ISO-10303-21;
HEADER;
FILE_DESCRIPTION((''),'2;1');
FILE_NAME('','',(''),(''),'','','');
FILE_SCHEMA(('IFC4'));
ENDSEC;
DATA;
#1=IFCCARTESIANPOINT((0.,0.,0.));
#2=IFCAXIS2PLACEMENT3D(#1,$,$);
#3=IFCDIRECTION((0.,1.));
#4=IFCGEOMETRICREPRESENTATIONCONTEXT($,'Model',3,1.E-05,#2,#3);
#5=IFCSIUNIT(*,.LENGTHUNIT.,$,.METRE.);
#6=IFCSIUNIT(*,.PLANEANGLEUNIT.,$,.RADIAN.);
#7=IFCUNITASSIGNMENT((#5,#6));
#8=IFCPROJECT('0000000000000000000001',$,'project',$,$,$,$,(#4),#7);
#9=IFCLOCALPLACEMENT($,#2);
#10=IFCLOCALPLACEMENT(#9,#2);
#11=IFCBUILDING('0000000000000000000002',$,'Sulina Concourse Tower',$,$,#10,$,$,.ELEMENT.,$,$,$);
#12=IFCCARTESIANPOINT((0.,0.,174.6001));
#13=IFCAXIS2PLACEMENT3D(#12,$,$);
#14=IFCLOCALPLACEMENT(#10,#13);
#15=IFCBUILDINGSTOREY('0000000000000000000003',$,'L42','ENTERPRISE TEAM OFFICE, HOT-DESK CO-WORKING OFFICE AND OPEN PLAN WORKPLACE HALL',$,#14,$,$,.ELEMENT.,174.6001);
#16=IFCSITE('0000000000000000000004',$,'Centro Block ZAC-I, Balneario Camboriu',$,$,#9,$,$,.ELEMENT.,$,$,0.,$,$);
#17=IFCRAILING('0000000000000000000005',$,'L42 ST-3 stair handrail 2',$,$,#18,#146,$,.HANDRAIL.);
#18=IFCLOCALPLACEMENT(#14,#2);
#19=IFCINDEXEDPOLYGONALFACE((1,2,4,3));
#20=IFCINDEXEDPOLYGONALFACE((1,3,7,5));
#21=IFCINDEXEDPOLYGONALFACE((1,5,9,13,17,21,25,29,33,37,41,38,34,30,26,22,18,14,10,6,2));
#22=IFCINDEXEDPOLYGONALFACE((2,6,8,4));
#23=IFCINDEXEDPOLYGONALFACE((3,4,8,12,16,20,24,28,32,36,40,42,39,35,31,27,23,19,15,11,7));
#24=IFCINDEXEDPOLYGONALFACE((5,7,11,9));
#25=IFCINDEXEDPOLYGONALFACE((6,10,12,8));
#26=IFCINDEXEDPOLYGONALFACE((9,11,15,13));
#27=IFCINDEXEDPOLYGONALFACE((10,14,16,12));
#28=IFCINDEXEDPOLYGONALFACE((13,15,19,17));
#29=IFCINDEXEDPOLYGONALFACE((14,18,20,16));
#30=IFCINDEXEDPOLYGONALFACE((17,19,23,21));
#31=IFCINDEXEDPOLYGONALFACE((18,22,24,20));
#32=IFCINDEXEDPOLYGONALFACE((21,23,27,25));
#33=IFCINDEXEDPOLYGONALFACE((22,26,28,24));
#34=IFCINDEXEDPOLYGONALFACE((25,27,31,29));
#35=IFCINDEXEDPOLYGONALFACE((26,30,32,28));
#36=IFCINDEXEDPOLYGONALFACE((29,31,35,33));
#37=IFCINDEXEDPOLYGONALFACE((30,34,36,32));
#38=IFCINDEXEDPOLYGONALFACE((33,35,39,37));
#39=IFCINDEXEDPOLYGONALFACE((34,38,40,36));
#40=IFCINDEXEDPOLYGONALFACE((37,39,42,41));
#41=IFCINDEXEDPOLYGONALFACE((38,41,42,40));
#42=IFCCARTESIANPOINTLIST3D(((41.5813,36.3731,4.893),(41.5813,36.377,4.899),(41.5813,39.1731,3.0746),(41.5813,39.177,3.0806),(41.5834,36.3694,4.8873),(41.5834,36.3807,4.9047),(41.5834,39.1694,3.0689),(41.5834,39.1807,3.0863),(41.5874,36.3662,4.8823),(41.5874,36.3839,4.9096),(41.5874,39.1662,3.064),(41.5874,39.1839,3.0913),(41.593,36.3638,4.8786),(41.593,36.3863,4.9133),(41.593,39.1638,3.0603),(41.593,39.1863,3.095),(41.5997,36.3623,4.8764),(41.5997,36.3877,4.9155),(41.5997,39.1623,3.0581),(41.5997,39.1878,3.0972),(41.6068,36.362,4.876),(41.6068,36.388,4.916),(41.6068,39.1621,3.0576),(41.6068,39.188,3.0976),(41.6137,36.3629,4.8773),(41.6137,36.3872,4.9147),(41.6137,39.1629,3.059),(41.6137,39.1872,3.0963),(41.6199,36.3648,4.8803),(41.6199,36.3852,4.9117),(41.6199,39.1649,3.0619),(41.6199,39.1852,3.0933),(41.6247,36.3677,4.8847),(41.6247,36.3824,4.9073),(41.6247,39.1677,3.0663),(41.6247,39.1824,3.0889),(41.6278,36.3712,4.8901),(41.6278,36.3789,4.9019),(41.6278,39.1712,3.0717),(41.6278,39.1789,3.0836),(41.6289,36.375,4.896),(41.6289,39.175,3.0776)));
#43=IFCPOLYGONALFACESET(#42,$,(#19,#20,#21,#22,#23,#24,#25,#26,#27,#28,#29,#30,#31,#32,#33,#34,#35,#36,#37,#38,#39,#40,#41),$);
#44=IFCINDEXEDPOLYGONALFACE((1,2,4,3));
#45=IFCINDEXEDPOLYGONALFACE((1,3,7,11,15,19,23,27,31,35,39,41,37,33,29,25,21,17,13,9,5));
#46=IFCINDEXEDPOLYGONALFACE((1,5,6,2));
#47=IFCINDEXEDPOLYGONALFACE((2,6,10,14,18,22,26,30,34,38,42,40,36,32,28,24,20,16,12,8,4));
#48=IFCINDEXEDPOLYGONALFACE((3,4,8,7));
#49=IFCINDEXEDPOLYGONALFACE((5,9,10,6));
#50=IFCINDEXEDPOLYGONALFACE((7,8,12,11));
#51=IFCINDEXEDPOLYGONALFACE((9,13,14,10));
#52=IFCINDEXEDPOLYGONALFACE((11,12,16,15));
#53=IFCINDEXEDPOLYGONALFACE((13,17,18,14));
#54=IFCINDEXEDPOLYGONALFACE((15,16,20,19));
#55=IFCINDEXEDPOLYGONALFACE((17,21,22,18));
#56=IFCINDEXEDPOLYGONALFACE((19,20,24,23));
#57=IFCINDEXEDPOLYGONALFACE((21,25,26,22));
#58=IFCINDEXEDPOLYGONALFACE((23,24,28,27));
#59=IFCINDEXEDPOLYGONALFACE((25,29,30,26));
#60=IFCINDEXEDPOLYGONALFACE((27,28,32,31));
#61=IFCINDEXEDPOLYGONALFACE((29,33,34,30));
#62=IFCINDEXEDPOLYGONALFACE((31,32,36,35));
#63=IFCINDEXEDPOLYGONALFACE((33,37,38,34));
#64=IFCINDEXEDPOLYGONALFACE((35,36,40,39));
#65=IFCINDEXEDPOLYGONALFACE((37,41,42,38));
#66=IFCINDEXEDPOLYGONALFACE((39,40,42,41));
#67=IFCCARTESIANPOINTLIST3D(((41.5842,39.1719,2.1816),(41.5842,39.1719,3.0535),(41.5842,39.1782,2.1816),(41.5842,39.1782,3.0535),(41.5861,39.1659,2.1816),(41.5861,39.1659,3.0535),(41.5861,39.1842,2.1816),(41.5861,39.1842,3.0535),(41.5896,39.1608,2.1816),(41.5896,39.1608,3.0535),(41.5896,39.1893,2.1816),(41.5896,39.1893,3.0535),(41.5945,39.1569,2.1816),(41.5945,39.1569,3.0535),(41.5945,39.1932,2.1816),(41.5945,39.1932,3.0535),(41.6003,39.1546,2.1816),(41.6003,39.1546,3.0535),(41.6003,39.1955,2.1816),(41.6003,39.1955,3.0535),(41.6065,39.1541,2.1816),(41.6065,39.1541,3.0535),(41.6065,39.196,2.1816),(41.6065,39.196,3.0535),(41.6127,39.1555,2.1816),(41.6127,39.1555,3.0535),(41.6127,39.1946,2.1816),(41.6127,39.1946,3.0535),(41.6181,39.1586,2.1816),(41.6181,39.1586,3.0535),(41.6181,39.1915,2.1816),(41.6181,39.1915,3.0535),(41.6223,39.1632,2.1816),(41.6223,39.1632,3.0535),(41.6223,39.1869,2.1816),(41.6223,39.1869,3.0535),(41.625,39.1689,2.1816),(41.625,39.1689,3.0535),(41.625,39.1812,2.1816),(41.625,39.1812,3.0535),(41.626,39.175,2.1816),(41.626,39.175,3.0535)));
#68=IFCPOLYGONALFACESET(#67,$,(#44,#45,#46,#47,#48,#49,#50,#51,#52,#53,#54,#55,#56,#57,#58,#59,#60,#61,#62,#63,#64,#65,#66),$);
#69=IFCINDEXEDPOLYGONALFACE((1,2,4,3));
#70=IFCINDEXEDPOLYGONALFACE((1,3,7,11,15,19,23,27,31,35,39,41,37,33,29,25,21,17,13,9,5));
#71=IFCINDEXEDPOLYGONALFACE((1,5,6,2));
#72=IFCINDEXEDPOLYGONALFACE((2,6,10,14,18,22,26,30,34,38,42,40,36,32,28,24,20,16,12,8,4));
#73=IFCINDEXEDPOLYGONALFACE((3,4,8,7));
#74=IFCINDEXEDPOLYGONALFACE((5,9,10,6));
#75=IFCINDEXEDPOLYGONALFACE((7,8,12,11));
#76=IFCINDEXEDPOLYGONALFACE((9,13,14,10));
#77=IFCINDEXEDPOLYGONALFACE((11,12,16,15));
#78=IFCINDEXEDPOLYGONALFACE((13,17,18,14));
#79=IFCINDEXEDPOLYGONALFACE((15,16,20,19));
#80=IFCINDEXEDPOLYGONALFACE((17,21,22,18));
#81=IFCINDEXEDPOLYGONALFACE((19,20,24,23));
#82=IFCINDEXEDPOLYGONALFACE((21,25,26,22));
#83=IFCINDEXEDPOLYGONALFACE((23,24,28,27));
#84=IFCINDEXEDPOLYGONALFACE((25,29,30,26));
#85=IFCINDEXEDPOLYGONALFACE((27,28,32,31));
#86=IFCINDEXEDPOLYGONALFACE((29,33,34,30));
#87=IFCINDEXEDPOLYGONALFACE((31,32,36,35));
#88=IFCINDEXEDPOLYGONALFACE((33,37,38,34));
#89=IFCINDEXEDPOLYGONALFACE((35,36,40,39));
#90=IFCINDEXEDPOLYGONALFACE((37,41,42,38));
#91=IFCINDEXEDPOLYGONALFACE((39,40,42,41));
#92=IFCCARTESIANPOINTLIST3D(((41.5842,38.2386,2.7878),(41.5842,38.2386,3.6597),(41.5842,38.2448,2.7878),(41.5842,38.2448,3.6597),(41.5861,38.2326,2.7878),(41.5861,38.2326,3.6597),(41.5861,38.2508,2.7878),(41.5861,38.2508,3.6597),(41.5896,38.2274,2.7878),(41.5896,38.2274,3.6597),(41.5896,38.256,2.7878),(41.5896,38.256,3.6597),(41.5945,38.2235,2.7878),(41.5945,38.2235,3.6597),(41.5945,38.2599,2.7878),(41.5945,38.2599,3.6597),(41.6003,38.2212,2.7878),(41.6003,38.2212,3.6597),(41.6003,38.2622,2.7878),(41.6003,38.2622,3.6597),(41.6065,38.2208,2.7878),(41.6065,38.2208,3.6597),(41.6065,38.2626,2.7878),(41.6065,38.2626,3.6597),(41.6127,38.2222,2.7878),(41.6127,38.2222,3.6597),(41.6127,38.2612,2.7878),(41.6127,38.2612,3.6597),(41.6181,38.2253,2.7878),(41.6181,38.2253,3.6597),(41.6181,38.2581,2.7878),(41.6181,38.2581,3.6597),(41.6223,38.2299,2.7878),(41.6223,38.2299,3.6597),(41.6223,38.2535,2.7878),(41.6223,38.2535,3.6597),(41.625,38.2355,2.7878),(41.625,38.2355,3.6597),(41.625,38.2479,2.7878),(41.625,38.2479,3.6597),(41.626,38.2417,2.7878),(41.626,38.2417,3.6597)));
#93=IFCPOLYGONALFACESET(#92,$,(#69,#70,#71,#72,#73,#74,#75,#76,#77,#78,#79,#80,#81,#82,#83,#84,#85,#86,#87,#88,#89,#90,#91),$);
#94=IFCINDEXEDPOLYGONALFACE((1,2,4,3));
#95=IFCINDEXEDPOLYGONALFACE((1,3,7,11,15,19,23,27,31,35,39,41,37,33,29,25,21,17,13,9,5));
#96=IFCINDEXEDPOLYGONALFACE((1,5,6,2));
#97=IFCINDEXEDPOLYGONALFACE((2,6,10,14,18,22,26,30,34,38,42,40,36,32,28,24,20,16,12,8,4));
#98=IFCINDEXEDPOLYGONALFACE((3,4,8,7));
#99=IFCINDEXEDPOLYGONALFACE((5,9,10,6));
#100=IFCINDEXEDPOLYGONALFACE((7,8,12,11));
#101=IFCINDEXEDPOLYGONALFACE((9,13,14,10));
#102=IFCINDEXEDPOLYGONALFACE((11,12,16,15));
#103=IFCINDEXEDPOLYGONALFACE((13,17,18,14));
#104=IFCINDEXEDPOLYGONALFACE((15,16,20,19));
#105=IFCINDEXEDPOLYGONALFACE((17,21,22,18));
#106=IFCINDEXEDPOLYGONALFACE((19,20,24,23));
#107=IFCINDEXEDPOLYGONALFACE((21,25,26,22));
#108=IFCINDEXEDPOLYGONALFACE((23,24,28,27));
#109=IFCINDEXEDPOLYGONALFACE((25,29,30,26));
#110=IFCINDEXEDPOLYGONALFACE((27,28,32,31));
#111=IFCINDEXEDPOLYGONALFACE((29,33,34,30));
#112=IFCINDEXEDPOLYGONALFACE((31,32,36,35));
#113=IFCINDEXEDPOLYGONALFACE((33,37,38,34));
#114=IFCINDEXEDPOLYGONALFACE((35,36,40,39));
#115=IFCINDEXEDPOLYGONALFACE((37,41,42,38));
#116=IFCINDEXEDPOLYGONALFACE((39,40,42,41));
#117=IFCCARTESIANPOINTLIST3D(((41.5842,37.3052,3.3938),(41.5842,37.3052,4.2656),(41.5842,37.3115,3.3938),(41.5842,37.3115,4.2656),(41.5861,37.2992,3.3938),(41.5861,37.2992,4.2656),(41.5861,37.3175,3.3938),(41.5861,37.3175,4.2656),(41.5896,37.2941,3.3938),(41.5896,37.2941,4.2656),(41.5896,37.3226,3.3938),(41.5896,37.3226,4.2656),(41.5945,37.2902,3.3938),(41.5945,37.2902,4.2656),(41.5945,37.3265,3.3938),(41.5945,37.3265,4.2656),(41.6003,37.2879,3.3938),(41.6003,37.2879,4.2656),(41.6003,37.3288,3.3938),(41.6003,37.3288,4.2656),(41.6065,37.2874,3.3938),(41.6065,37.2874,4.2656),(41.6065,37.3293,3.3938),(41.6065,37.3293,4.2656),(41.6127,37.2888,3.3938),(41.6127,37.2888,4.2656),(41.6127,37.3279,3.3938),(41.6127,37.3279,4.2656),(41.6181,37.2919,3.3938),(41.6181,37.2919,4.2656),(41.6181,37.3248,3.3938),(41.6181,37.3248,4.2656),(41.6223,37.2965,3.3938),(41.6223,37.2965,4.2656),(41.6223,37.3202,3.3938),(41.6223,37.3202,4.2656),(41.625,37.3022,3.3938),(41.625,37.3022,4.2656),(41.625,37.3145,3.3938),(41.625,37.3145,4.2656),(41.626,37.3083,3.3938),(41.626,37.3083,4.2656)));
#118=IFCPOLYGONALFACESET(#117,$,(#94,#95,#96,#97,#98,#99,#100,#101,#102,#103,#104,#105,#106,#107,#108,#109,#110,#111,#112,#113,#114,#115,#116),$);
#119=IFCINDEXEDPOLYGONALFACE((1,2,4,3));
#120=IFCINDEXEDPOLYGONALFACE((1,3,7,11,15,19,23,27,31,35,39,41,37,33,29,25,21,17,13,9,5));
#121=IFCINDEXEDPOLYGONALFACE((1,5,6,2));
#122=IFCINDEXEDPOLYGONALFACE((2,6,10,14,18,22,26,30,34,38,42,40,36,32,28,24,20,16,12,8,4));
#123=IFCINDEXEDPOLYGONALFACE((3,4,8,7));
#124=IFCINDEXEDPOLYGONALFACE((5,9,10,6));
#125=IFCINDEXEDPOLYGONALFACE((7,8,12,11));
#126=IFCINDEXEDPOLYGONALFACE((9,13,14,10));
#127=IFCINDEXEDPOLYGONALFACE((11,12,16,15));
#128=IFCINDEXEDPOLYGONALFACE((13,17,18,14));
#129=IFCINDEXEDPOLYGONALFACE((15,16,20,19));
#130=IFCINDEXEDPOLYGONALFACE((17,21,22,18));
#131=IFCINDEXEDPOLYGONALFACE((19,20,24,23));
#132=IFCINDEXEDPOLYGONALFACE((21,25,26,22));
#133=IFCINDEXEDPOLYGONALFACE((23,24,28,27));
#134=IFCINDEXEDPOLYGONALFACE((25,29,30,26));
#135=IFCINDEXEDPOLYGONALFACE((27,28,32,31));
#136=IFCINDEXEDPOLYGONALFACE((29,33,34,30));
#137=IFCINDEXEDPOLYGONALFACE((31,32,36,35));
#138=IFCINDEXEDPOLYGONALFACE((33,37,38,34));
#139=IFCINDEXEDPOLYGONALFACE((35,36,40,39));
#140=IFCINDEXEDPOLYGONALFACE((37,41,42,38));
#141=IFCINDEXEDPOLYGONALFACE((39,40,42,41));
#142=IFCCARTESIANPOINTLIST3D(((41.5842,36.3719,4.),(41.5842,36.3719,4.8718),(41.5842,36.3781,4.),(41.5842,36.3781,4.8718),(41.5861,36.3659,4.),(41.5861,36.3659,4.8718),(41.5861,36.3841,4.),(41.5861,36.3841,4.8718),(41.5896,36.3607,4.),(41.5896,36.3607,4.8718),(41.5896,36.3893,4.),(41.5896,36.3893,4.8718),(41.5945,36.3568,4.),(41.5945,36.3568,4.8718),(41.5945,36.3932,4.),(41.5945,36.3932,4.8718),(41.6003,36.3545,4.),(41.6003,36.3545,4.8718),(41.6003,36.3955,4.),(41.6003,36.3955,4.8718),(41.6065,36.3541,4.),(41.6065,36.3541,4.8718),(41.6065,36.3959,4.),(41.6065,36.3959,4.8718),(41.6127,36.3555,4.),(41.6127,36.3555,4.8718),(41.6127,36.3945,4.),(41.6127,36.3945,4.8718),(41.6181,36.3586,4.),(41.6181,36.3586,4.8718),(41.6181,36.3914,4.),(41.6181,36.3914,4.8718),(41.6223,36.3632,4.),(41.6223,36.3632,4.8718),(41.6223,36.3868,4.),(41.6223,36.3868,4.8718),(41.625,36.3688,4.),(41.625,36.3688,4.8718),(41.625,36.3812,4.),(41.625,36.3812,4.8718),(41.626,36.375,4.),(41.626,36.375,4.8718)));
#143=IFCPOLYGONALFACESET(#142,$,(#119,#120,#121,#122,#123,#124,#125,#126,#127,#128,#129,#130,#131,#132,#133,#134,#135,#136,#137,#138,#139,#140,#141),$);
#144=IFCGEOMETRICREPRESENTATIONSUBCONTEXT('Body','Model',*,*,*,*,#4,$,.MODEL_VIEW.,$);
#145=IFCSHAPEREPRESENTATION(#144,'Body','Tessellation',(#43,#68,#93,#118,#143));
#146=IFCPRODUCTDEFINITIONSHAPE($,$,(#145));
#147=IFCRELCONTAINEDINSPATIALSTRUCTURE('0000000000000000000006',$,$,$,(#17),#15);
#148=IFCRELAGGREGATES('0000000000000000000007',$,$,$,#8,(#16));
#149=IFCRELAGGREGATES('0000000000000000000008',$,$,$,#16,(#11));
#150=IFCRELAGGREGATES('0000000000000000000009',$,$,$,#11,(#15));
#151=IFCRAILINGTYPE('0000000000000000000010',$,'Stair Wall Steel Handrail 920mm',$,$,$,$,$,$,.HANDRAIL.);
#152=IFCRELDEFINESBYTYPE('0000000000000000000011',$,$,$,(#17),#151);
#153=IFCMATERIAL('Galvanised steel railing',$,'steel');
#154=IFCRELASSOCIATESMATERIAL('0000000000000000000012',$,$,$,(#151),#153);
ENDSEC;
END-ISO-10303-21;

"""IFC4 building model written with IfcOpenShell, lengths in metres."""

from ifc_helpers import new_model, si_unit, direction, frame, origin, origin_2d, place, context, subcontext, project, spatial, circle, extrude, material, type_object, element, save


model = new_model("IFC4")

# Units and contexts
model_context = context("Model", 3, precision=1e-05, world=origin(), true_north=direction((0.0, 1.0)))
body_context = subcontext(model_context, "Body", "Model", "MODEL_VIEW")
ifc_project = project(units=[si_unit("LENGTHUNIT", "METRE"), si_unit("PLANEANGLEUNIT", "RADIAN")], contexts=[model_context])

# Site, building, storey
site_placement = place(None, origin())
site = spatial("IfcSite", under=ifc_project, at=site_placement, Name="Centro Block ZAC-I, Balneario Camboriu", CompositionType="ELEMENT", RefElevation=0.0)
building_placement = place(site_placement, origin())
building = spatial("IfcBuilding", under=site, at=building_placement, Name="Sulina Concourse Tower", CompositionType="ELEMENT")
storey_placement = place(building_placement, frame((0.0, 0.0, 174.6001)))
storey = spatial("IfcBuildingStorey", under=building, at=storey_placement, Name="L42", Description="ENTERPRISE TEAM OFFICE, HOT-DESK CO-WORKING OFFICE AND OPEN PLAN WORKPLACE HALL", CompositionType="ELEMENT", Elevation=174.6001)

# Railing
ifc_material_1 = material(Name="Galvanised steel railing", Category="steel")
railing_type_1 = type_object("IfcRailingType", Name="Stair Wall Steel Handrail 920mm", PredefinedType="HANDRAIL", material=ifc_material_1)
railing_1_placement = place(storey_placement, frame((41.605, 39.175, 2.1816)))
element("IfcRailing", 1, at=railing_1_placement, inside=storey, type_object=railing_type_1, Name="L42 ST-3 stair handrail 2", PredefinedType="HANDRAIL", context=body_context, shape_type="SweptSolid", body=[
    extrude(circle(Radius=0.0239, at=origin_2d()), frame((0.0, 0.0, 0.896), z_axis=(0.0, -0.838672, 0.544636), x_axis=(1.0, 0.0, 0.0)), (0.0, 0.0, 1.0), 3.3386),
    extrude(circle(Radius=0.021, at=origin_2d()), origin(), (0.0, 0.0, 1.0), 0.8718),
    extrude(circle(Radius=0.021, at=origin_2d()), frame((0.0, -0.9333, 0.6062)), (0.0, 0.0, 1.0), 0.8718),
    extrude(circle(Radius=0.021, at=origin_2d()), frame((0.0, -1.8667, 1.2122)), (0.0, 0.0, 1.0), 0.8718),
    extrude(circle(Radius=0.021, at=origin_2d()), frame((0.0, -2.8, 1.8184)), (0.0, 0.0, 1.0), 0.8718),
])

save(model, "model.ifc")
